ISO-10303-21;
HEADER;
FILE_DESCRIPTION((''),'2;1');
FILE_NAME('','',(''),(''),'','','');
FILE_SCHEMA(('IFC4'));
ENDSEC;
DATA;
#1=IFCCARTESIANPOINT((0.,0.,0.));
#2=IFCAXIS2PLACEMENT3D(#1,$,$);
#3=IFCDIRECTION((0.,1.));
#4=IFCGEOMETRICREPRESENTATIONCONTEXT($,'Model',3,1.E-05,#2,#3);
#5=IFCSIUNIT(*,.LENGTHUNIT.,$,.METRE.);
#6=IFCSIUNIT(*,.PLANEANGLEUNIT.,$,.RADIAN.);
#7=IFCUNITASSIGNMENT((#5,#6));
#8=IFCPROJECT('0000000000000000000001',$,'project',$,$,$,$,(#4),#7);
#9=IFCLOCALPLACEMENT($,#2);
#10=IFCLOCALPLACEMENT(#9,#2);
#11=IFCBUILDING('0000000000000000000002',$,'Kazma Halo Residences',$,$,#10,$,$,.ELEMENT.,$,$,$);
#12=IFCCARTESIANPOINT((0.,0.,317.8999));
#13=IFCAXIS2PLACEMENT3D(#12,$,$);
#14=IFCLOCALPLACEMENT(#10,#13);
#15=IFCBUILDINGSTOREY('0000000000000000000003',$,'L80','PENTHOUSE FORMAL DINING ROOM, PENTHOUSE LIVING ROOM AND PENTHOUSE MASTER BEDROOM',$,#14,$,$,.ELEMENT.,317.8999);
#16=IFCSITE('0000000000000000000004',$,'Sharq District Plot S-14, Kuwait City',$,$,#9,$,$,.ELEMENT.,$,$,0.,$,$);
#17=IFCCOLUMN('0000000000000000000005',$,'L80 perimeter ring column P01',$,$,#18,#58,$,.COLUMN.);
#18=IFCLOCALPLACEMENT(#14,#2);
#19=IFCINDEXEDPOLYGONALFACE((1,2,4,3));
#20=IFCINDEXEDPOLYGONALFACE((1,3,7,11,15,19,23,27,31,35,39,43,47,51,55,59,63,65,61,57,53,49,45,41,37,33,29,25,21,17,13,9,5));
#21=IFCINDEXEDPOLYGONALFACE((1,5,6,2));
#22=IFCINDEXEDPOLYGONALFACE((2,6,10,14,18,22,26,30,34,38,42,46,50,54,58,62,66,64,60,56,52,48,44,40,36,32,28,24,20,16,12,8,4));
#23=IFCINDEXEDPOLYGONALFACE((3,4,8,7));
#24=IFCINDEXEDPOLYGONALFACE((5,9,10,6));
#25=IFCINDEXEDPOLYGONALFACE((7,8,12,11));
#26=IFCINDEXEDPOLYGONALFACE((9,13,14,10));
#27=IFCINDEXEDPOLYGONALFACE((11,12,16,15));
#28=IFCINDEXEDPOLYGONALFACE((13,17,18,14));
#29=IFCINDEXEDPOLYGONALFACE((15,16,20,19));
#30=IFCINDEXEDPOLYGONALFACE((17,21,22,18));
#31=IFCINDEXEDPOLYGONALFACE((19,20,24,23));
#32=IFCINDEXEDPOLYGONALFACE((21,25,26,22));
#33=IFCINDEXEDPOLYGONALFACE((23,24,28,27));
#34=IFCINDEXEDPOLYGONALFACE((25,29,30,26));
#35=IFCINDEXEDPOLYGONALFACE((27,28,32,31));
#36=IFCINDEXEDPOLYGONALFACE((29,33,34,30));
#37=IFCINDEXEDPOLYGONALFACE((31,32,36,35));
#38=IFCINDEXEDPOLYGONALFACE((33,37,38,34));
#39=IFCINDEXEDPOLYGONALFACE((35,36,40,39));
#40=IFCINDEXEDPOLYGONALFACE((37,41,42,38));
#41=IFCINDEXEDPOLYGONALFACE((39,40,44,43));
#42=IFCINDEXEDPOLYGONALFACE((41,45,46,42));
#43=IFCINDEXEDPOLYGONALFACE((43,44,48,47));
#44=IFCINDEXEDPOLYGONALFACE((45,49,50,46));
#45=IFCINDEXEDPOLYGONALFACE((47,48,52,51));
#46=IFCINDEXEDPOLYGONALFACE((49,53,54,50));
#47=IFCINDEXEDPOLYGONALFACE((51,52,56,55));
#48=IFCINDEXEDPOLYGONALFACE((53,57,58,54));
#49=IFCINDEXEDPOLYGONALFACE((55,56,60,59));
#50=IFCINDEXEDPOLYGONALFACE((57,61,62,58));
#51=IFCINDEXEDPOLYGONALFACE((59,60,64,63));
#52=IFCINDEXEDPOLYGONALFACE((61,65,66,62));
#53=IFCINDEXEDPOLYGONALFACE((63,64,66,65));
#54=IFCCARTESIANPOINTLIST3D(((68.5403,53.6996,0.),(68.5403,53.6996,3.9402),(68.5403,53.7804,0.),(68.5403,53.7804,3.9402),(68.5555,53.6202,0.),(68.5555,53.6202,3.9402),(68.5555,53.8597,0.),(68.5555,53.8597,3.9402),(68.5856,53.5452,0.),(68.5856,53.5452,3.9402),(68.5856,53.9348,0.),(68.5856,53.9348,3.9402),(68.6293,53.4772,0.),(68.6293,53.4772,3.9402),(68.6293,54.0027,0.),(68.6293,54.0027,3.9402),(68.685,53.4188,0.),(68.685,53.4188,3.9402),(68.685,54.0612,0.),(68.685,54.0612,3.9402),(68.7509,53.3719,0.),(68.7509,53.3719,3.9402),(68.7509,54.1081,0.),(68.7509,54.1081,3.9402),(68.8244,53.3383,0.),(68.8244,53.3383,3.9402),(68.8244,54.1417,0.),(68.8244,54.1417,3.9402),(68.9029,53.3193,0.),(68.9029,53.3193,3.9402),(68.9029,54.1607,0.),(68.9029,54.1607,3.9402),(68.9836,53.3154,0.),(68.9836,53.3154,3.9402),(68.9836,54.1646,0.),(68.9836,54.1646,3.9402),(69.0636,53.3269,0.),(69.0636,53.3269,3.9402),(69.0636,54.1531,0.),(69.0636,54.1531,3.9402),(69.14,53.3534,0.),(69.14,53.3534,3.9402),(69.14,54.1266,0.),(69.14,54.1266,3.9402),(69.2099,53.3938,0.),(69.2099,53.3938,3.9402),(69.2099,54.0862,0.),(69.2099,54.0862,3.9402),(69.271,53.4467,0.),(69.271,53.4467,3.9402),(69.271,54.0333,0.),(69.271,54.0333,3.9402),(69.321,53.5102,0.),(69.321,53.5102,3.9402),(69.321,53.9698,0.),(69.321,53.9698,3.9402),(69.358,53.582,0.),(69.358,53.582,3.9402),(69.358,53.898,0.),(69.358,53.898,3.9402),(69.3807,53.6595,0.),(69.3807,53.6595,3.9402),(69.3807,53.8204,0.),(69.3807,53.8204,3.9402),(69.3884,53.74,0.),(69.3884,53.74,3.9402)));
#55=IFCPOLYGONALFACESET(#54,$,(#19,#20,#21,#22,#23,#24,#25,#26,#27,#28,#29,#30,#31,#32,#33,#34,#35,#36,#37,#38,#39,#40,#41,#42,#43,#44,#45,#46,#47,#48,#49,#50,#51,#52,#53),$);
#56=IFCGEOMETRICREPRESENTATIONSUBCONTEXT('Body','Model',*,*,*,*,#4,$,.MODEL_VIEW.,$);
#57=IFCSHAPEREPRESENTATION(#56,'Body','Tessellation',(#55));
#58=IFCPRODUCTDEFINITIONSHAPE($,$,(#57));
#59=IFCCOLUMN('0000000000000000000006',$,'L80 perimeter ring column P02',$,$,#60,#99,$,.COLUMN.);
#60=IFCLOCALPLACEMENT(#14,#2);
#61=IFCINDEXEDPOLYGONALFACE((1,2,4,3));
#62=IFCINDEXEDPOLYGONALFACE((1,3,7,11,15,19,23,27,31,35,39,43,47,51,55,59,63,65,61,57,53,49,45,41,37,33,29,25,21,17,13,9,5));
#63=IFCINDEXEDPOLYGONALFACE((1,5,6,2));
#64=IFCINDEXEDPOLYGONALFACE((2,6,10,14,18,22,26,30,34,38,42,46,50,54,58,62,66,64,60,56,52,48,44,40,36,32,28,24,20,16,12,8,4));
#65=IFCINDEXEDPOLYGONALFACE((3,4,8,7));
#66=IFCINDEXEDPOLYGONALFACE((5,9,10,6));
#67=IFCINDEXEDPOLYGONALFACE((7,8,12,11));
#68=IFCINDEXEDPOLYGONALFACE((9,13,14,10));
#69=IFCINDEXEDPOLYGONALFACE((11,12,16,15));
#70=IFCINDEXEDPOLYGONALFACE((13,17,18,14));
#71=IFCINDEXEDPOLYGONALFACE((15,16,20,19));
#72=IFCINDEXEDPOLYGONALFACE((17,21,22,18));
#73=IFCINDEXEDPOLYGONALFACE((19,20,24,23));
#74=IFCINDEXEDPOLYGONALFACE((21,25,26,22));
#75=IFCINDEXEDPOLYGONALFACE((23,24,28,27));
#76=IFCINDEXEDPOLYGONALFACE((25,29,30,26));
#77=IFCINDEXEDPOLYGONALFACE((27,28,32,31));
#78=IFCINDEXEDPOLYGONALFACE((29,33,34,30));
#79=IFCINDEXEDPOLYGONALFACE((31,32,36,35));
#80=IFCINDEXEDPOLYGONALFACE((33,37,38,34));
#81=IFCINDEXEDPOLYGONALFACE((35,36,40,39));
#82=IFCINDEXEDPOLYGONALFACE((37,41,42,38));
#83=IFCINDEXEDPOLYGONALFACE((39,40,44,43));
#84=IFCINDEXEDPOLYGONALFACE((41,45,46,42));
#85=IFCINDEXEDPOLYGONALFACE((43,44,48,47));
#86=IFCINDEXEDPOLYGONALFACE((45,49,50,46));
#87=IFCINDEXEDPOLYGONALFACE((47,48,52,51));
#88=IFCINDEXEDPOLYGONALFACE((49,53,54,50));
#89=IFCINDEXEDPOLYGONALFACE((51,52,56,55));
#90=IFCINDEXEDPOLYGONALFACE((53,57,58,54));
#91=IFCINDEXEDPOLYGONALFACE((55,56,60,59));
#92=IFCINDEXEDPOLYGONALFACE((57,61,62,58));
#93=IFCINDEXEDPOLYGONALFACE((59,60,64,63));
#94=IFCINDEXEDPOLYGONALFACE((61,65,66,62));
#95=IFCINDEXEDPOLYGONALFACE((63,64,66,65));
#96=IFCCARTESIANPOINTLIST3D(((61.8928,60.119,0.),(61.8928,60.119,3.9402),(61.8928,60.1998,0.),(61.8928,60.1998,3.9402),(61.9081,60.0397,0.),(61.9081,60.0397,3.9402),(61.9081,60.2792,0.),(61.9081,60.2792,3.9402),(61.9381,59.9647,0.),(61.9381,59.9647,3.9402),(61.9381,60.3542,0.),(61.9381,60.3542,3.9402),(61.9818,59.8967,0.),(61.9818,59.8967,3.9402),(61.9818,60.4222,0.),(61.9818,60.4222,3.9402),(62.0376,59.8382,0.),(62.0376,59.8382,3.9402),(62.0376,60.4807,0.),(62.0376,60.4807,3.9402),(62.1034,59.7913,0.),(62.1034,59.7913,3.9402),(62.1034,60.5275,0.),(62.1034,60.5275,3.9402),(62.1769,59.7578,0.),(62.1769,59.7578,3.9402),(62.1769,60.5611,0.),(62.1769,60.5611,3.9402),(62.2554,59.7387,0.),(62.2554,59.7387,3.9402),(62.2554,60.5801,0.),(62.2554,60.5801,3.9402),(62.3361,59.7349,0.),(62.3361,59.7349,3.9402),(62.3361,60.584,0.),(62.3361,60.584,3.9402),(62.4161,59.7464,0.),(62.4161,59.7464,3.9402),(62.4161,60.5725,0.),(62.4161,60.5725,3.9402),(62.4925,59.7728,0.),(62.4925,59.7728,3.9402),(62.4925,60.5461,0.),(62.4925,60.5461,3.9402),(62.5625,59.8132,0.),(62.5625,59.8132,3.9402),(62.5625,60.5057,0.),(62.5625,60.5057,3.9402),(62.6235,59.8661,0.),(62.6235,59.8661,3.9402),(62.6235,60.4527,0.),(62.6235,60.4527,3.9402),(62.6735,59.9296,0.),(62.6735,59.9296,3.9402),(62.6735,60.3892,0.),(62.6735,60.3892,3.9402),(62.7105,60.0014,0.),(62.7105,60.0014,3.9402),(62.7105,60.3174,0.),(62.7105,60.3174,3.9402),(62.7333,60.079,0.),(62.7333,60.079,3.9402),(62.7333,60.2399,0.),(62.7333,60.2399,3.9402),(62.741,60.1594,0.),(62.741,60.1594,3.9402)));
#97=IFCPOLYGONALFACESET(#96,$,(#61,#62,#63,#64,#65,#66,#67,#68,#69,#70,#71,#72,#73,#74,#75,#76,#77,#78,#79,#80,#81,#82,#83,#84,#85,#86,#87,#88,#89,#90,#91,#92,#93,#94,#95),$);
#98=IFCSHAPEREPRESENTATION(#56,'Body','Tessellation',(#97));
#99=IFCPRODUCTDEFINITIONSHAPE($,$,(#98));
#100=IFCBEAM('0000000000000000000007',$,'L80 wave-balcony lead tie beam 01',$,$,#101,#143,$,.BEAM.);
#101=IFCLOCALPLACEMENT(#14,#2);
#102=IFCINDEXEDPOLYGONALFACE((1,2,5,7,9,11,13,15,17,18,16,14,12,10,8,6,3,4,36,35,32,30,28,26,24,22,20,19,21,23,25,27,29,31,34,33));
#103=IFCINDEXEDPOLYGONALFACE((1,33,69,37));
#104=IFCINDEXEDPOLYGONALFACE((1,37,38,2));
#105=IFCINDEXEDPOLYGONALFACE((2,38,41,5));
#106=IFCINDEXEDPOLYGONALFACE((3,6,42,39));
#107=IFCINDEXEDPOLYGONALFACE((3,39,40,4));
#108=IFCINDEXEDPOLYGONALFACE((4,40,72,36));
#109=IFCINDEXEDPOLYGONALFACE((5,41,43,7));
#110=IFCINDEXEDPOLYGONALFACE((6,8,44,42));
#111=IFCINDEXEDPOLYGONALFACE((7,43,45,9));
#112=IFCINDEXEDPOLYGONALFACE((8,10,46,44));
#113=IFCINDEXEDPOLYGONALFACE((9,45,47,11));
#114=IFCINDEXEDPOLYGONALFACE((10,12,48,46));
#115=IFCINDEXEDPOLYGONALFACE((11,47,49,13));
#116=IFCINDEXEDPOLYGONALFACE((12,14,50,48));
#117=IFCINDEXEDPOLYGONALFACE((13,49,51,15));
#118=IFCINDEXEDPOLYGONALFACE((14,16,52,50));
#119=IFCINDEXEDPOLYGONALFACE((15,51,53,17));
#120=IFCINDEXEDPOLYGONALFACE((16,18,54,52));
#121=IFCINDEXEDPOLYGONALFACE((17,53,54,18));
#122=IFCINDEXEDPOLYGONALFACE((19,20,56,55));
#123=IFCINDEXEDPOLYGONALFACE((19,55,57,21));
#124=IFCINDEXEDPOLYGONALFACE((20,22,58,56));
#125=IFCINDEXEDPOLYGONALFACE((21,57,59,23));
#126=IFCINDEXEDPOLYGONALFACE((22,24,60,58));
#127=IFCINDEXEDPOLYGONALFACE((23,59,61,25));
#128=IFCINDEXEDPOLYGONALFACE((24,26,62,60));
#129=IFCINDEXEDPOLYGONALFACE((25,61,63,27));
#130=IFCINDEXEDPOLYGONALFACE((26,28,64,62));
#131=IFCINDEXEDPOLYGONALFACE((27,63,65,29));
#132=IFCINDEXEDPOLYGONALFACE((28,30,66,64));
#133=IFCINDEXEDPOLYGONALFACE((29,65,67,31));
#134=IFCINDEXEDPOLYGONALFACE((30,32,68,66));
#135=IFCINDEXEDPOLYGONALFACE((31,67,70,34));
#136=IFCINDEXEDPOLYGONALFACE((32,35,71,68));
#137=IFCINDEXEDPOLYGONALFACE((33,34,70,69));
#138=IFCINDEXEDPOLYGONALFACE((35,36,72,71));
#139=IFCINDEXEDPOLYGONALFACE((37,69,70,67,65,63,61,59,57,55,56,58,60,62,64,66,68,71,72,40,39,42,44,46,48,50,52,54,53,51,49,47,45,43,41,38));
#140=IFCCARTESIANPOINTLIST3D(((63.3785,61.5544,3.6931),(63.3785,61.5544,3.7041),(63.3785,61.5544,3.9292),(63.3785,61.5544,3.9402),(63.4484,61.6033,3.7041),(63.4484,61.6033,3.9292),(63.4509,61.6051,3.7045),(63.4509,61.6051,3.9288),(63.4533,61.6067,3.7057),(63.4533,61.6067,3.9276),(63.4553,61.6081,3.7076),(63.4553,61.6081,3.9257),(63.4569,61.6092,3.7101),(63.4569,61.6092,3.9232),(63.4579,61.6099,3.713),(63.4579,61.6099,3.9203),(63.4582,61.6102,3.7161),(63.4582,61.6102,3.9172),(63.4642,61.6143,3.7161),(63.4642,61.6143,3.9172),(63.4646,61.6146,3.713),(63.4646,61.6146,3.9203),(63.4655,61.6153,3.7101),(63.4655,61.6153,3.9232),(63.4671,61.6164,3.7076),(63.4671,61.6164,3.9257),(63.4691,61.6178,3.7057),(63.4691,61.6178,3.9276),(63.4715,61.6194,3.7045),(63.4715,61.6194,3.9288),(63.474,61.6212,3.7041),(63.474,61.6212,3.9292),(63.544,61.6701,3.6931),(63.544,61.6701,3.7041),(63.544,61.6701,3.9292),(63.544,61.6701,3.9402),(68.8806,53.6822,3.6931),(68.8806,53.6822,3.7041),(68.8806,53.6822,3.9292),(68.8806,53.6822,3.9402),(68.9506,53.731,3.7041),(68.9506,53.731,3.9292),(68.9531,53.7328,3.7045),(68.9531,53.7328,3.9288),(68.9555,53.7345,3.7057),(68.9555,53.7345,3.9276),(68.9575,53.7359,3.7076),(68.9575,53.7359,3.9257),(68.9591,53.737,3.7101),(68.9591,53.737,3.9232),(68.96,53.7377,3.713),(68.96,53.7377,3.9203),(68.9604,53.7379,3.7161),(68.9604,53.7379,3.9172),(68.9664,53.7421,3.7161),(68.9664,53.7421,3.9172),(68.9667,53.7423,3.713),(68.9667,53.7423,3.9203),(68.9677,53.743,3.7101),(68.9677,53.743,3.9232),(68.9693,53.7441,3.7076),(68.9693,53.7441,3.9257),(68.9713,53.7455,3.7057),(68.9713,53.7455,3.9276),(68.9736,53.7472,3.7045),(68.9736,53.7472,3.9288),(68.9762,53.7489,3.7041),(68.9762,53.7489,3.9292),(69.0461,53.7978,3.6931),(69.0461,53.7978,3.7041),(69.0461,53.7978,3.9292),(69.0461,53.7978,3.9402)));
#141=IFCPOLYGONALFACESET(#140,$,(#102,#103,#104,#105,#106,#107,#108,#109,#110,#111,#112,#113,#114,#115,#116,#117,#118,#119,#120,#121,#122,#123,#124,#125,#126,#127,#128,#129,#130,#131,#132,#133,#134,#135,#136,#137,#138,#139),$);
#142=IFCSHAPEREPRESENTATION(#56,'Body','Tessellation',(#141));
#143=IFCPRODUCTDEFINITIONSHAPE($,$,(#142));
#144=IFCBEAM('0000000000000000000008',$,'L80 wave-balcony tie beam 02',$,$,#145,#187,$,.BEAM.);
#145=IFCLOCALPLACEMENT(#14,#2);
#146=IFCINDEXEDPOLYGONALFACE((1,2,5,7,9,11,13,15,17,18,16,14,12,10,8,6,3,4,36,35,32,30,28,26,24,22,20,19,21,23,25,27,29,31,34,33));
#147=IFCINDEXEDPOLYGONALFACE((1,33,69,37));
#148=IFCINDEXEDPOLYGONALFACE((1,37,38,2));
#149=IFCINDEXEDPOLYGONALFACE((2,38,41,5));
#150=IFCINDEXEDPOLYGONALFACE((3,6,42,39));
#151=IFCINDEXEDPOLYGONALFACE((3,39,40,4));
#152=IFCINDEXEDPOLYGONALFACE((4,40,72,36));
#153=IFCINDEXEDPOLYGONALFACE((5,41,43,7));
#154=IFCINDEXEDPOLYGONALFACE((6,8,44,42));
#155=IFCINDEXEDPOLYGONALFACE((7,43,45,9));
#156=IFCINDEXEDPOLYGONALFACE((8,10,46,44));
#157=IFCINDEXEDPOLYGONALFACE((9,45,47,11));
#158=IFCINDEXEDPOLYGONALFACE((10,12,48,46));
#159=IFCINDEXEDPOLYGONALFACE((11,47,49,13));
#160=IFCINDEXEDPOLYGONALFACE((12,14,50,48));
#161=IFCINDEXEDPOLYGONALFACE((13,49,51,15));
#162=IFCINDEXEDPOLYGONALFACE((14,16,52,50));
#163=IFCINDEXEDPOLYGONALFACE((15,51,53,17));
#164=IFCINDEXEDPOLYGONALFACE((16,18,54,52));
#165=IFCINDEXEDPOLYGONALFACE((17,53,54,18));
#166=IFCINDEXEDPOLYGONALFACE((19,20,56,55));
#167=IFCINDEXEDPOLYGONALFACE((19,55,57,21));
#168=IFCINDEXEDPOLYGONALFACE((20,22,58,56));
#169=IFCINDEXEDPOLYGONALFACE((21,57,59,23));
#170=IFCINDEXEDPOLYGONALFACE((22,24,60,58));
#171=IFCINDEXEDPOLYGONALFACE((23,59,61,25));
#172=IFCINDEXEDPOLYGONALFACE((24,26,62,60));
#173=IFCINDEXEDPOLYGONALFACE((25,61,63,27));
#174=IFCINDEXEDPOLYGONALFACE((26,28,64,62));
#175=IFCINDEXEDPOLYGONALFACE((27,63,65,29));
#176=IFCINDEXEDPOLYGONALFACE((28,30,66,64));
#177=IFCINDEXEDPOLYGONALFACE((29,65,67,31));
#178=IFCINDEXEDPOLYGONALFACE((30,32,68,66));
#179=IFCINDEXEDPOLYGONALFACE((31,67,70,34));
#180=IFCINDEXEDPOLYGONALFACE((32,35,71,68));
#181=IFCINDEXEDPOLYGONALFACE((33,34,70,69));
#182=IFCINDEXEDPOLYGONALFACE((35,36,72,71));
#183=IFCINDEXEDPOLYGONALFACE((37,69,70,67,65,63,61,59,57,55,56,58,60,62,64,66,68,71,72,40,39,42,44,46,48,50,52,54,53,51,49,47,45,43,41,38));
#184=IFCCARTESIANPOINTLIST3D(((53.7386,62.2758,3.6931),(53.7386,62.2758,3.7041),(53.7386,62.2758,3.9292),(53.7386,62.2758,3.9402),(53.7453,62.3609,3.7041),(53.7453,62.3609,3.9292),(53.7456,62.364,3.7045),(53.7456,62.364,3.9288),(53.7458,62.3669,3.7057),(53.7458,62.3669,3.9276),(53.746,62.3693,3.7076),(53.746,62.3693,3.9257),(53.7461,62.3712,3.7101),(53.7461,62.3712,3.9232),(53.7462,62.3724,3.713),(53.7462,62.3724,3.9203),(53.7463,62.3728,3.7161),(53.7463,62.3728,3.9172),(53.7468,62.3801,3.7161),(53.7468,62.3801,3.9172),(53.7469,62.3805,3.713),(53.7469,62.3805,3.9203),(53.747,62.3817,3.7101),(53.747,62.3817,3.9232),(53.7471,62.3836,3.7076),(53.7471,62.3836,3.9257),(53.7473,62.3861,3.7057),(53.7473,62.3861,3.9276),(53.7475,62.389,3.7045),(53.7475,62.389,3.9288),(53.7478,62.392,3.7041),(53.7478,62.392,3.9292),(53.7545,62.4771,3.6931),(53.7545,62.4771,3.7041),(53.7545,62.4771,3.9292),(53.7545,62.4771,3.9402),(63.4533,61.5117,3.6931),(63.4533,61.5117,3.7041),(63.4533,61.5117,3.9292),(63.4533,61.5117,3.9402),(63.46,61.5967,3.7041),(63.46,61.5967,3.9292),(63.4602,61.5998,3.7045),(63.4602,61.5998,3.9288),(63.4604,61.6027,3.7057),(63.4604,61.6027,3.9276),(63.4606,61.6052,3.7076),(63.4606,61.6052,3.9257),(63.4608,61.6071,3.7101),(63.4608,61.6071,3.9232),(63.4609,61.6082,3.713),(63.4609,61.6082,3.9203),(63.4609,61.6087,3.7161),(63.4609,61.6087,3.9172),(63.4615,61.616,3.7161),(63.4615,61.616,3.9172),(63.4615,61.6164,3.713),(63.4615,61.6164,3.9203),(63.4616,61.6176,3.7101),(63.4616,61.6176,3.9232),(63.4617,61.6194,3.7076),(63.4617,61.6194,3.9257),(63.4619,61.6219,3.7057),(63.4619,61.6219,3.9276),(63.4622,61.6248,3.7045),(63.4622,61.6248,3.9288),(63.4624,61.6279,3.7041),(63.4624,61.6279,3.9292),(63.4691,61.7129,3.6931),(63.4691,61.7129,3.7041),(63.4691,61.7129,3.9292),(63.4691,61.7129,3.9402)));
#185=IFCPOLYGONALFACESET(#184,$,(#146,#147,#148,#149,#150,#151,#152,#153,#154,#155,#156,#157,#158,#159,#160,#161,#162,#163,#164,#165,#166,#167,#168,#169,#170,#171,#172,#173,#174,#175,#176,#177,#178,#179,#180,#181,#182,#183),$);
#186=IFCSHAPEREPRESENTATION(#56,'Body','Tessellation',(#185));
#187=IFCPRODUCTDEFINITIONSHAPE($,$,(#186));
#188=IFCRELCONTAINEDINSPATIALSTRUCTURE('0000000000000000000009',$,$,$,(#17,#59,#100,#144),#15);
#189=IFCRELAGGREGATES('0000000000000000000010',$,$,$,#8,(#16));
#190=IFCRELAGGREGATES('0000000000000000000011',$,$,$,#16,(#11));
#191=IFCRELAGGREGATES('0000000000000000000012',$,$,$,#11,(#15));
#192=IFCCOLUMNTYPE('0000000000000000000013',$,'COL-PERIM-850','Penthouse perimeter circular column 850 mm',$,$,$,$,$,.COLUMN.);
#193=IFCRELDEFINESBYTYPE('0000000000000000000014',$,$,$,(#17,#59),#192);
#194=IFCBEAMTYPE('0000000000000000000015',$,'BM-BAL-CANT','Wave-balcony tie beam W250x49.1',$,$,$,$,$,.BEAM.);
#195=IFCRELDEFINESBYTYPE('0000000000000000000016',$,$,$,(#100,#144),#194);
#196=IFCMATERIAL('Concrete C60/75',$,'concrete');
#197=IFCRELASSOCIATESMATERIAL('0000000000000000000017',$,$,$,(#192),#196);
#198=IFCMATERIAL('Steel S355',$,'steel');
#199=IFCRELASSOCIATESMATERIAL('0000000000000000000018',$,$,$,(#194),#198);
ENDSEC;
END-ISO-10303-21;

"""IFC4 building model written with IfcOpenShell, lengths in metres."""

from ifc_helpers import new_model, si_unit, direction, frame, origin, origin_2d, place, context, subcontext, project, spatial, circle, i_section, extrude, material, material_profile, profile_set, type_object, element, save


model = new_model("IFC4")

# Units and contexts
model_context = context("Model", 3, precision=1e-05, world=origin(), true_north=direction((0.0, 1.0)))
body_context = subcontext(model_context, "Body", "Model", "MODEL_VIEW")
ifc_project = project(units=[si_unit("LENGTHUNIT", "METRE"), si_unit("PLANEANGLEUNIT", "RADIAN")], contexts=[model_context])

# Site, building, storey
site_placement = place(None, origin())
site = spatial("IfcSite", under=ifc_project, at=site_placement, Name="Sharq District Plot S-14, Kuwait City", CompositionType="ELEMENT", RefElevation=0.0)
building_placement = place(site_placement, origin())
building = spatial("IfcBuilding", under=site, at=building_placement, Name="Kazma Halo Residences", CompositionType="ELEMENT")
storey_placement = place(building_placement, frame((0.0, 0.0, 317.8999)))
storey = spatial("IfcBuildingStorey", under=building, at=storey_placement, Name="L80", Description="PENTHOUSE FORMAL DINING ROOM, PENTHOUSE LIVING ROOM AND PENTHOUSE MASTER BEDROOM", CompositionType="ELEMENT", Elevation=317.8999)

# Columns
ifc_material_1 = material(Name="Concrete C60/75", Category="concrete")
ifc_material_profile_1 = material_profile(ifc_material_1, circle(Radius=0.425, at=origin_2d()), Name="CIRC850")
ifc_profile_set_1 = profile_set([ifc_material_profile_1], Name="Concrete C60/75")
column_type = type_object("IfcColumnType", Name="COL-PERIM-850", Description="Penthouse perimeter circular column 850 mm", PredefinedType="COLUMN", material=ifc_profile_set_1)
for number, where, z_axis, x_axis, name in (
    (1, (68.9634, 53.74, 0.0), (0.0, 0.0, 1.0), (1.0, 0.0, 0.0), "L80 perimeter ring column P01"),
    (2, (62.3159, 60.1594, 0.0), (0.0, 0.0, 1.0), (1.0, 0.0, 0.0), "L80 perimeter ring column P02"),
):
    element("IfcColumn", number, at=place(storey_placement, frame(where, z_axis=z_axis, x_axis=x_axis)), inside=storey, type_object=column_type, Name=name, PredefinedType="COLUMN", context=body_context, shape_type="SweptSolid", body=[
        extrude(circle(Radius=0.425, at=origin_2d()), origin(), (0.0, 0.0, 1.0), 3.9402),
    ])

# Beams
ifc_material_2 = material(Name="Steel S355", Category="steel")
ifc_material_profile_2 = material_profile(ifc_material_2, i_section(OverallWidth=0.2019, OverallDepth=0.2471, WebThickness=0.0073, FlangeThickness=0.011, FilletRadius=0.012, at=origin_2d()), Name="W250x49.1")
ifc_profile_set_2 = profile_set([ifc_material_profile_2], Name="Steel S355")
beam_type_1 = type_object("IfcBeamType", Name="BM-BAL-CANT", Description="Wave-balcony tie beam W250x49.1", PredefinedType="BEAM", material=ifc_profile_set_2)
beam_1_placement = place(storey_placement, frame((68.9634, 53.74, 3.8167), z_axis=(-0.572874, 0.819644, 0.0), x_axis=(-0.819644, -0.572874, 0.0)))
element("IfcBeam", 3, at=beam_1_placement, inside=storey, type_object=beam_type_1, Name="L80 wave-balcony lead tie beam 01", PredefinedType="BEAM", context=body_context, shape_type="SweptSolid", body=[
    extrude(i_section(OverallWidth=0.2019, OverallDepth=0.2471, WebThickness=0.0073, FlangeThickness=0.011, FilletRadius=0.012, at=origin_2d()), origin(), (0.0, 0.0, 1.0), 9.6045),
])
beam_2_placement = place(storey_placement, frame((63.4612, 61.6123, 3.8167), z_axis=(-0.996921, 0.078419, 0.0), x_axis=(-0.078419, -0.996921, 0.0)))
element("IfcBeam", 4, at=beam_2_placement, inside=storey, type_object=beam_type_1, Name="L80 wave-balcony tie beam 02", PredefinedType="BEAM", context=body_context, shape_type="SweptSolid", body=[
    extrude(i_section(OverallWidth=0.2019, OverallDepth=0.2471, WebThickness=0.0073, FlangeThickness=0.011, FilletRadius=0.012, at=origin_2d()), origin(), (0.0, 0.0, 1.0), 9.7446),
])

save(model, "model.ifc")
